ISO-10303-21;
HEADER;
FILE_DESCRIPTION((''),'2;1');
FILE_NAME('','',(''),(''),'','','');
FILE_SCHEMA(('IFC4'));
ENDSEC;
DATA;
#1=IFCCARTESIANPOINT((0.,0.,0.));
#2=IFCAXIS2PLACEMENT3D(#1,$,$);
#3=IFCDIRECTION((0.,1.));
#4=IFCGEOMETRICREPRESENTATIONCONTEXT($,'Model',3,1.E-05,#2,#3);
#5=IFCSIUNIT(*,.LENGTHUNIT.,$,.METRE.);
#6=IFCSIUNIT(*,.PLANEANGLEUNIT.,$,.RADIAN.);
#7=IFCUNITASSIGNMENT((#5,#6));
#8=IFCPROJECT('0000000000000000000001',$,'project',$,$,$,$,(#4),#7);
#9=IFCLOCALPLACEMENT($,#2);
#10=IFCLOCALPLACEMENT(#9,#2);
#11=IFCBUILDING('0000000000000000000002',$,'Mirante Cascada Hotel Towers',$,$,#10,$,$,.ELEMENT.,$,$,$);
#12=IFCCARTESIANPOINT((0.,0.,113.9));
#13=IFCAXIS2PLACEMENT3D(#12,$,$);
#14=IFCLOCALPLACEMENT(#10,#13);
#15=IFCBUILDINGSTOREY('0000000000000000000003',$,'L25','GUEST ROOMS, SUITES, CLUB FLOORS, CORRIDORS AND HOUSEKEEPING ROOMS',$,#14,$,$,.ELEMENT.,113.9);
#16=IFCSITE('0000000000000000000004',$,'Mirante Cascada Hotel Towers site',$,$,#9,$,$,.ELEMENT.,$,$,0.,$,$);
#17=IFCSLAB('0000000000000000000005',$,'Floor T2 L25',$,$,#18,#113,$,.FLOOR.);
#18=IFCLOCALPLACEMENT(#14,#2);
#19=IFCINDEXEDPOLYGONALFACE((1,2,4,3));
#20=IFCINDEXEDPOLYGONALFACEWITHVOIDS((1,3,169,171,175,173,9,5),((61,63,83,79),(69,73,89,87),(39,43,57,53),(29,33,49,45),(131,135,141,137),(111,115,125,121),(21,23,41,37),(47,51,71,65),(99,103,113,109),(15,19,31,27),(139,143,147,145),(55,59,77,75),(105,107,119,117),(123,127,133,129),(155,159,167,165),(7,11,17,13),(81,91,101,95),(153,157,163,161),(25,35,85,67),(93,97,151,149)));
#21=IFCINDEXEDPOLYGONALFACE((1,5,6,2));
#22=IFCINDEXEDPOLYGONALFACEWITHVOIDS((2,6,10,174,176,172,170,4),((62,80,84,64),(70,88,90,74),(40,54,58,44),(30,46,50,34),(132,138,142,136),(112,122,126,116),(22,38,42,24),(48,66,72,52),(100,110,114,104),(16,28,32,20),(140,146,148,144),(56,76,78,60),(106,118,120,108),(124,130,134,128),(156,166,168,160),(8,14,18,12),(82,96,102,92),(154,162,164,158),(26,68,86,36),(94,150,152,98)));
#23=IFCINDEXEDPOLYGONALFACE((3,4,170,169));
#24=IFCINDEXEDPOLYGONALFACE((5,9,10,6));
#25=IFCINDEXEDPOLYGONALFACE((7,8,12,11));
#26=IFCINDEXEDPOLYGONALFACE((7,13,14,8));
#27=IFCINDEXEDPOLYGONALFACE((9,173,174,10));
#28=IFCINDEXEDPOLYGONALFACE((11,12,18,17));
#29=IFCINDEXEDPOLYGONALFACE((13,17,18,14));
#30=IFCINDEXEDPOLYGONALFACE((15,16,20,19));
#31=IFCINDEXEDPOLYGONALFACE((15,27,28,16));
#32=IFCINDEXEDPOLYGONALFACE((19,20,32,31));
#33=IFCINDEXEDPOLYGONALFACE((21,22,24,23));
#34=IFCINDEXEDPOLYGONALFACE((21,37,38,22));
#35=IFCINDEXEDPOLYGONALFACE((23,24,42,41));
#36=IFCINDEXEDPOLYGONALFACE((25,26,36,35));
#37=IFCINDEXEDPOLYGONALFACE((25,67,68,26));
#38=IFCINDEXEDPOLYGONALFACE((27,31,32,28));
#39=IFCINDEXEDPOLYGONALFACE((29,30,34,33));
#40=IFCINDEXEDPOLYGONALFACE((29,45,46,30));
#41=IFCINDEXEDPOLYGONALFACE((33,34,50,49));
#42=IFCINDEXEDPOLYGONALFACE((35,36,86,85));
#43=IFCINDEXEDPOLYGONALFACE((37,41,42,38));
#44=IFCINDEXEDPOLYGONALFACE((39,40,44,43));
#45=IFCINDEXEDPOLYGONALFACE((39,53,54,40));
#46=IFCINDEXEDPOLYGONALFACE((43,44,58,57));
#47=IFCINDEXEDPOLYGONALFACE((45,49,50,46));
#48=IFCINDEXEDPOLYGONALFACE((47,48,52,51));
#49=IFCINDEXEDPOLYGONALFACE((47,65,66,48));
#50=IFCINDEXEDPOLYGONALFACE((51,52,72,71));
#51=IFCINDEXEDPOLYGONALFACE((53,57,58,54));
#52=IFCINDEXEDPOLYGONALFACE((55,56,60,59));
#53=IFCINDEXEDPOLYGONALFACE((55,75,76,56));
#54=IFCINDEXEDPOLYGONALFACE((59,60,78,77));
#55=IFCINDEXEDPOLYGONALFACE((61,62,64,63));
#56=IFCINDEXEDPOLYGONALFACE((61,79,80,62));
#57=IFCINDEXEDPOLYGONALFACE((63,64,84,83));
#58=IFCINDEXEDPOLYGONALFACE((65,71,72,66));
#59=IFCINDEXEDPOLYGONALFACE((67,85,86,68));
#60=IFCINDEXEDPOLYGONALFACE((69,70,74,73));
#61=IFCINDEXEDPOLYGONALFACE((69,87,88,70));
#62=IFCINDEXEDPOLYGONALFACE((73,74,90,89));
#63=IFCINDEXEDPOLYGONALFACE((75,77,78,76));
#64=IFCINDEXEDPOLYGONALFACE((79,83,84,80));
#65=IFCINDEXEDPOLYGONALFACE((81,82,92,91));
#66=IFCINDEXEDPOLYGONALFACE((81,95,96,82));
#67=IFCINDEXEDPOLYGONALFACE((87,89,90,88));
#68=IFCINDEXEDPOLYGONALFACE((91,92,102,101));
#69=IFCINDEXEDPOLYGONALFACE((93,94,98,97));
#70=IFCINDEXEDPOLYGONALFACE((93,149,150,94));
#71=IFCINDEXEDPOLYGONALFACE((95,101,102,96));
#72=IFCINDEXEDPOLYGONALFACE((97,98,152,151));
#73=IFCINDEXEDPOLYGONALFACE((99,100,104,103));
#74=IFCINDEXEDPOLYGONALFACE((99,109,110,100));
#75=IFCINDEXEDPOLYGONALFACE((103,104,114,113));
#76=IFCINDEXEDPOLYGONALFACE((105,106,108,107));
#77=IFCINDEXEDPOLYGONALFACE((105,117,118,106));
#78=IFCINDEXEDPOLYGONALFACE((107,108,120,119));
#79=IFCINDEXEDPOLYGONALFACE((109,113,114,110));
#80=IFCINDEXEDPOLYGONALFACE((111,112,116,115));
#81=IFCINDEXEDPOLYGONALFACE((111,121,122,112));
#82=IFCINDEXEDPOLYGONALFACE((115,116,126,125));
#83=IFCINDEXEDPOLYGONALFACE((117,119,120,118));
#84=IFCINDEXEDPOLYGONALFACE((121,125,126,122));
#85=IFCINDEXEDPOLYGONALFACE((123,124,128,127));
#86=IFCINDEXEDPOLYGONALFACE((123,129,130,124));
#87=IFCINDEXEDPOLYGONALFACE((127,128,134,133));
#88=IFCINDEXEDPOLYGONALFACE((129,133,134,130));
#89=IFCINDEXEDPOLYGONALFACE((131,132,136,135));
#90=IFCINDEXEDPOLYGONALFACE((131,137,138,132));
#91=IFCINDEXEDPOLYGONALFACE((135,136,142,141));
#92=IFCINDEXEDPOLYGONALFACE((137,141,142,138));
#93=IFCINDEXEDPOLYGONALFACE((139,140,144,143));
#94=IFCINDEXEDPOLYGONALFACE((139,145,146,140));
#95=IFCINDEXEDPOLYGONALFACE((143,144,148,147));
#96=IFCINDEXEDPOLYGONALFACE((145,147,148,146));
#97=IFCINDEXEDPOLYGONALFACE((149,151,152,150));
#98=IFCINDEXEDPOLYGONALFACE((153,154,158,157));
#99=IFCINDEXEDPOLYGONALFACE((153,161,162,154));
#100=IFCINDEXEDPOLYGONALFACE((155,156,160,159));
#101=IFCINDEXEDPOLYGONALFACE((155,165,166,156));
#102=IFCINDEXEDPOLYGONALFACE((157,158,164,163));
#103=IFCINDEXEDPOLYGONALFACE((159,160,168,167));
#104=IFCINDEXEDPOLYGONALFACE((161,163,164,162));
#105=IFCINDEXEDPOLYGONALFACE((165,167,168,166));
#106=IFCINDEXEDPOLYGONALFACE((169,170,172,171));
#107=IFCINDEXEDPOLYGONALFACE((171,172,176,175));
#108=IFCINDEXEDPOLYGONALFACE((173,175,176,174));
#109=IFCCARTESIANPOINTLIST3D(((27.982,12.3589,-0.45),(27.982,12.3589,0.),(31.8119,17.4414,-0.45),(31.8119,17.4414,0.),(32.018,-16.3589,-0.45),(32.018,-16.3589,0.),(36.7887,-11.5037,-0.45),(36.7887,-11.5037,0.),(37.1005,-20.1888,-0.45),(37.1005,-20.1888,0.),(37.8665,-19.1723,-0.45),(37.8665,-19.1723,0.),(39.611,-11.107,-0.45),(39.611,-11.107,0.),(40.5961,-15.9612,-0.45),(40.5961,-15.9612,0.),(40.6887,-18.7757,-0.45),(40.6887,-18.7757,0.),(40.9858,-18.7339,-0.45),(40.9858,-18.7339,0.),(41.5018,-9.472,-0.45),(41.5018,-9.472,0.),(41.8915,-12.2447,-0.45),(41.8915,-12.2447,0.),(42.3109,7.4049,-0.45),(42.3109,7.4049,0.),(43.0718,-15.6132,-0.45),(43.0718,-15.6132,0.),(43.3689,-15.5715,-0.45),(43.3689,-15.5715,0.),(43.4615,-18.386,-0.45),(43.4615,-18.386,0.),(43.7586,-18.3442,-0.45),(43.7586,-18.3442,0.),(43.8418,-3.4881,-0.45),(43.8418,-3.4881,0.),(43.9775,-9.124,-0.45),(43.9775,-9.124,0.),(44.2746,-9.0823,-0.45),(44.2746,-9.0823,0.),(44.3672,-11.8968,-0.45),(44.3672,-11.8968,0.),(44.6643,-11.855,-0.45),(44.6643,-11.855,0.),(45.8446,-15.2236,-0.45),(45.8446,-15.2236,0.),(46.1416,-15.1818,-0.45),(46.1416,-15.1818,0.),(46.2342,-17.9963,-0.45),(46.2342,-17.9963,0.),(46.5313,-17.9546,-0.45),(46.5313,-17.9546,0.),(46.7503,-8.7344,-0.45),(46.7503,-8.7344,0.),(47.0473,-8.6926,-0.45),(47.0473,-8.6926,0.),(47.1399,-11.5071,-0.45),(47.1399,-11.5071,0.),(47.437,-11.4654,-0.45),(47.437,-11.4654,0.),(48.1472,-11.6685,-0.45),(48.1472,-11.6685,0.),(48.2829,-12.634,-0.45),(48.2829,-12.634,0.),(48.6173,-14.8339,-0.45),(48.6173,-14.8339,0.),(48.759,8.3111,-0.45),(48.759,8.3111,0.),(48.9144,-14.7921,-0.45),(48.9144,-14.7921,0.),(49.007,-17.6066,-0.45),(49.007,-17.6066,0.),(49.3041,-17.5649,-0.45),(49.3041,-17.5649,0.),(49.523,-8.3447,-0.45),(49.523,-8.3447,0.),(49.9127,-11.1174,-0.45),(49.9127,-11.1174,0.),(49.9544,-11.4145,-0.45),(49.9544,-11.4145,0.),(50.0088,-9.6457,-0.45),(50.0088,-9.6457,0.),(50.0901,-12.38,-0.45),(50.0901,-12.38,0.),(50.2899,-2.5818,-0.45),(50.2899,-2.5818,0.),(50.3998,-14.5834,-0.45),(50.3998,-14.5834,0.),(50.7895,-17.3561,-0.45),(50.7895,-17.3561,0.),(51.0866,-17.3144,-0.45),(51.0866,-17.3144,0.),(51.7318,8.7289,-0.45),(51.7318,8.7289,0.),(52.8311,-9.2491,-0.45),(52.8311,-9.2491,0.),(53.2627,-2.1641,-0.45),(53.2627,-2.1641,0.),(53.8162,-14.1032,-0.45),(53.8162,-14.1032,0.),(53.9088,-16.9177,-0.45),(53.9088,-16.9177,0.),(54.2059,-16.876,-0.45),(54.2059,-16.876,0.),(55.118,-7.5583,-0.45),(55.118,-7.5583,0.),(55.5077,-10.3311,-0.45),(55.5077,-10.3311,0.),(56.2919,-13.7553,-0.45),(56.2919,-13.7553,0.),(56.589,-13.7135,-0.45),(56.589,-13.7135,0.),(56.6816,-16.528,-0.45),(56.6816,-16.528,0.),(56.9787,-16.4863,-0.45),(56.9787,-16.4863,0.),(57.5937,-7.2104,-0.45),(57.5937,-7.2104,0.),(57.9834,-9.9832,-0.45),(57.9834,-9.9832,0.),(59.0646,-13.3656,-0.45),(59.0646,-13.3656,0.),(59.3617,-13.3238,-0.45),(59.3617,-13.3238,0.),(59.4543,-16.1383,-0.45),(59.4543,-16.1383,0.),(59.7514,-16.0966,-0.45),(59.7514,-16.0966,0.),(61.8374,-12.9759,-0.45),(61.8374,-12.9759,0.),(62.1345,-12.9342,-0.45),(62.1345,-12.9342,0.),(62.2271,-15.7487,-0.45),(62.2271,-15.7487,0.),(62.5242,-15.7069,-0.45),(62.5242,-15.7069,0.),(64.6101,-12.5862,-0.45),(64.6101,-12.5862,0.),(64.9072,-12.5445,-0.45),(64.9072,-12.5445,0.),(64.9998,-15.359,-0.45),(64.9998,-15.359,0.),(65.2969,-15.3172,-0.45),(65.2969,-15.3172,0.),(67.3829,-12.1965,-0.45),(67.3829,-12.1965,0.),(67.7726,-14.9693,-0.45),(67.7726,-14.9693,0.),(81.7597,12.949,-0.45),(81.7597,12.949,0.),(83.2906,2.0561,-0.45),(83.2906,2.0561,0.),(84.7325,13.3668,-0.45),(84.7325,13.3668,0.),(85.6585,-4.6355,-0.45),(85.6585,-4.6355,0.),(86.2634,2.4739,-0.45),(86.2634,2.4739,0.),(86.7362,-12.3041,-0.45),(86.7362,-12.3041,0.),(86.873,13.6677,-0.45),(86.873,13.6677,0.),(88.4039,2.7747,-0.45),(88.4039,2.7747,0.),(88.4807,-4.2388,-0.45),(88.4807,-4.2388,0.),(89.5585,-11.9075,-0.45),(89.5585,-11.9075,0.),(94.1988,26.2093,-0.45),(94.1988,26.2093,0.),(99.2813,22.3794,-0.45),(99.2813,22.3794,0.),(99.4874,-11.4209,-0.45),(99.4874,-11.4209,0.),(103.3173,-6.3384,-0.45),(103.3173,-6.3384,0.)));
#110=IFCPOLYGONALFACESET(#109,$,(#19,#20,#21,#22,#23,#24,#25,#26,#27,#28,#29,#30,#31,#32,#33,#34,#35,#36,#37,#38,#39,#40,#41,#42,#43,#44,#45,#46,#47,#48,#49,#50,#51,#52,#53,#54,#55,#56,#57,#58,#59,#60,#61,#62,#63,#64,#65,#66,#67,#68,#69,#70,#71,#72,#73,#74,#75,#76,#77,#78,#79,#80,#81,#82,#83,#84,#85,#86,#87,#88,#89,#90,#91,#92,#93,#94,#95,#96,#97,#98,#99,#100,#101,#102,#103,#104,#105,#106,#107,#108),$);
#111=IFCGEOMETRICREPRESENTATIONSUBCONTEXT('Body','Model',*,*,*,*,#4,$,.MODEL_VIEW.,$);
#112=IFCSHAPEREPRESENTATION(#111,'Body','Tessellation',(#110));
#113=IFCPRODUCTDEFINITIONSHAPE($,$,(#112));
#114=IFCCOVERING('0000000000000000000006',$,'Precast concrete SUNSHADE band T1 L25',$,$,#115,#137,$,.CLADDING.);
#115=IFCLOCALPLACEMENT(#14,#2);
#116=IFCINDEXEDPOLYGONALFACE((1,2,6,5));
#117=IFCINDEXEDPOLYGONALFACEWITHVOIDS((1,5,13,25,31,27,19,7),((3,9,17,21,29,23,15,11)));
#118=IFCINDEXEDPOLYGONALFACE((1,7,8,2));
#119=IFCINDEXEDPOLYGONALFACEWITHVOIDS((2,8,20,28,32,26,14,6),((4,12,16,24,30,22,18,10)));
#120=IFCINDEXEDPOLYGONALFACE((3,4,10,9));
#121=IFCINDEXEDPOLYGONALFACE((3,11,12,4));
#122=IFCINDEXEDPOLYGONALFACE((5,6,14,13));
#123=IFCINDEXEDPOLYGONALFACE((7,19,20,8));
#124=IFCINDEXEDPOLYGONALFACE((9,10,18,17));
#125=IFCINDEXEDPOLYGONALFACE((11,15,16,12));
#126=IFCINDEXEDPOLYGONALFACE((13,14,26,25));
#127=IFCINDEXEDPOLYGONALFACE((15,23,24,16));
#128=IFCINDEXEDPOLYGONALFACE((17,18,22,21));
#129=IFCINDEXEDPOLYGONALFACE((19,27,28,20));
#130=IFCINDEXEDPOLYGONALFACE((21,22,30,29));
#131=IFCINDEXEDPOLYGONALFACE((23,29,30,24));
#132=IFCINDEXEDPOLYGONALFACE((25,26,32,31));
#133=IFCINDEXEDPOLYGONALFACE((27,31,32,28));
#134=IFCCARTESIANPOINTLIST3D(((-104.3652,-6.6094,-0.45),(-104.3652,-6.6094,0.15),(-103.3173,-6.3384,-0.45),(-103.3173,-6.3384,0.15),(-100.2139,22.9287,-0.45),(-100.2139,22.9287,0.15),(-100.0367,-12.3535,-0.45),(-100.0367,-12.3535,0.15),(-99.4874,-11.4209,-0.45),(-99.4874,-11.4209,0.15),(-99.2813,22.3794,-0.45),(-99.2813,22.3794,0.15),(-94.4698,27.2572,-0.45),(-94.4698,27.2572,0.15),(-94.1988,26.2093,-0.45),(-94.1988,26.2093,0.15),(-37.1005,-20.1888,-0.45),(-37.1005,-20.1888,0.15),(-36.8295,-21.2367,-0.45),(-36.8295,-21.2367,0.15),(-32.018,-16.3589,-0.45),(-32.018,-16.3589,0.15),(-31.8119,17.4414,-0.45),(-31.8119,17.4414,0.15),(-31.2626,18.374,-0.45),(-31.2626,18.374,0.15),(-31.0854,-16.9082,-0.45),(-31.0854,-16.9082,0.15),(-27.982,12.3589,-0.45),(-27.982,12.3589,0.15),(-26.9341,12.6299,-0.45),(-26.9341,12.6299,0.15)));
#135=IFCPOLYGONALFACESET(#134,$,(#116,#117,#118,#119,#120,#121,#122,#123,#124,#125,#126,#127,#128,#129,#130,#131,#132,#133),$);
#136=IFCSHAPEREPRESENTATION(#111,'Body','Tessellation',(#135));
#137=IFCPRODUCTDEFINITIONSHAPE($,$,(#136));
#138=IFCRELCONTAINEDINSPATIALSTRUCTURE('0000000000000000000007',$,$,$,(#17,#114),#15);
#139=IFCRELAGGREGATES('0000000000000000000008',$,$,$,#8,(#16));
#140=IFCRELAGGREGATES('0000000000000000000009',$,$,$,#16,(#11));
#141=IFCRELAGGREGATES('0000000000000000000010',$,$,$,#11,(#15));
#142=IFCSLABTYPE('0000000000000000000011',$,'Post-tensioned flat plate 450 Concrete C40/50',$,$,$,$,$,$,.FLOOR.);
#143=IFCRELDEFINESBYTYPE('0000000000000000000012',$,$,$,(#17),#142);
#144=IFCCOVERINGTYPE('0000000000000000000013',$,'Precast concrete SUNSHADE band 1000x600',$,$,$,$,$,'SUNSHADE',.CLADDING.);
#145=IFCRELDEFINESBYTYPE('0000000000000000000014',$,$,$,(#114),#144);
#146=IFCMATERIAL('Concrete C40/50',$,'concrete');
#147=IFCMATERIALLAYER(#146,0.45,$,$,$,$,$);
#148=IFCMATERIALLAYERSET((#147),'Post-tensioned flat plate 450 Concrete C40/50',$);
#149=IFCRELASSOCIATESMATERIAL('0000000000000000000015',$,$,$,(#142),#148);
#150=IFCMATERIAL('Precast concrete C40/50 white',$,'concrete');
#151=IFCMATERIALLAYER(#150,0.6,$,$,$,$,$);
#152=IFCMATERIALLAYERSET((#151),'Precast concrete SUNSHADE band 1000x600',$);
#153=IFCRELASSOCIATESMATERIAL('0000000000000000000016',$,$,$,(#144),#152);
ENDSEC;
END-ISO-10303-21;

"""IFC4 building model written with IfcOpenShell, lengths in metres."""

from ifc_helpers import new_model, si_unit, direction, frame, origin, place, context, subcontext, project, spatial, polyline, outline, extrude, material, layer, layer_set, type_object, element, save


model = new_model("IFC4")

# Units and contexts
model_context = context("Model", 3, precision=1e-05, world=origin(), true_north=direction((0.0, 1.0)))
body_context = subcontext(model_context, "Body", "Model", "MODEL_VIEW")
ifc_project = project(units=[si_unit("LENGTHUNIT", "METRE"), si_unit("PLANEANGLEUNIT", "RADIAN")], contexts=[model_context])

# Site, building, storey
site_placement = place(None, origin())
site = spatial("IfcSite", under=ifc_project, at=site_placement, Name="Mirante Cascada Hotel Towers site", CompositionType="ELEMENT", RefElevation=0.0)
building_placement = place(site_placement, origin())
building = spatial("IfcBuilding", under=site, at=building_placement, Name="Mirante Cascada Hotel Towers", CompositionType="ELEMENT")
storey_placement = place(building_placement, frame((0.0, 0.0, 113.9)))
storey = spatial("IfcBuildingStorey", under=building, at=storey_placement, Name="L25", Description="GUEST ROOMS, SUITES, CLUB FLOORS, CORRIDORS AND HOUSEKEEPING ROOMS", CompositionType="ELEMENT", Elevation=113.9)

# Slab
ifc_material_1 = material(Name="Concrete C40/50", Category="concrete")
ifc_layer_1 = layer(ifc_material_1, 0.45)
ifc_layer_set_1 = layer_set([ifc_layer_1], Name="Post-tensioned flat plate 450 Concrete C40/50")
slab_type = type_object("IfcSlabType", Name="Post-tensioned flat plate 450 Concrete C40/50", PredefinedType="FLOOR", material=ifc_layer_set_1)
slab_1_placement = place(storey_placement, frame((0.0, 0.0, -0.45)))
element("IfcSlab", 1, at=slab_1_placement, inside=storey, type_object=slab_type, Name="Floor T2 L25", PredefinedType="FLOOR", context=body_context, shape_type="SweptSolid", body=[
    extrude(outline(polyline([(32.018, -16.3589), (27.982, 12.3589), (31.8119, 17.4414), (94.1988, 26.2093), (99.2813, 22.3794), (103.3173, -6.3384), (99.4874, -11.4209), (37.1005, -20.1888), (32.018, -16.3589)]), holes=[polyline([(43.0718, -15.6132), (40.5961, -15.9612), (40.9858, -18.7339), (43.4615, -18.386), (43.0718, -15.6132)]), polyline([(45.8446, -15.2236), (43.3689, -15.5715), (43.7586, -18.3442), (46.2342, -17.9963), (45.8446, -15.2236)]), polyline([(48.6173, -14.8339), (46.1416, -15.1818), (46.5313, -17.9546), (49.007, -17.6066), (48.6173, -14.8339)]), polyline([(50.3998, -14.5834), (48.9144, -14.7921), (49.3041, -17.5649), (50.7895, -17.3561), (50.3998, -14.5834)]), polyline([(37.8665, -19.1723), (40.6887, -18.7757), (39.611, -11.107), (36.7887, -11.5037), (37.8665, -19.1723)]), polyline([(49.9544, -11.4145), (48.1472, -11.6685), (48.2829, -12.634), (50.0901, -12.38), (49.9544, -11.4145)]), polyline([(43.9775, -9.124), (41.5018, -9.472), (41.8915, -12.2447), (44.3672, -11.8968), (43.9775, -9.124)]), polyline([(47.1399, -11.5071), (46.7503, -8.7344), (44.2746, -9.0823), (44.6643, -11.855), (47.1399, -11.5071)]), polyline([(49.9127, -11.1174), (49.523, -8.3447), (47.0473, -8.6926), (47.437, -11.4654), (49.9127, -11.1174)]), polyline([(56.2919, -13.7553), (53.8162, -14.1032), (54.2059, -16.876), (56.6816, -16.528), (56.2919, -13.7553)]), polyline([(59.0646, -13.3656), (56.589, -13.7135), (56.9787, -16.4863), (59.4543, -16.1383), (59.0646, -13.3656)]), polyline([(61.8374, -12.9759), (59.3617, -13.3238), (59.7514, -16.0966), (62.2271, -15.7487), (61.8374, -12.9759)]), polyline([(64.6101, -12.5862), (62.1345, -12.9342), (62.5242, -15.7069), (64.9998, -15.359), (64.6101, -12.5862)]), polyline([(67.3829, -12.1965), (64.9072, -12.5445), (65.2969, -15.3172), (67.7726, -14.9693), (67.3829, -12.1965)]), polyline([(51.0866, -17.3144), (53.9088, -16.9177), (52.8311, -9.2491), (50.0088, -9.6457), (51.0866, -17.3144)]), polyline([(86.7362, -12.3041), (89.5585, -11.9075), (88.4807, -4.2388), (85.6585, -4.6355), (86.7362, -12.3041)]), polyline([(57.9834, -9.9832), (57.5937, -7.2104), (55.118, -7.5583), (55.5077, -10.3311), (57.9834, -9.9832)]), polyline([(86.873, 13.6677), (88.4039, 2.7747), (86.2634, 2.4739), (86.2634, 2.4739), (84.7325, 13.3668), (84.7325, 13.3668), (86.873, 13.6677)]), polyline([(81.7597, 12.949), (81.7597, 12.949), (83.2906, 2.0561), (83.2906, 2.0561), (53.2627, -2.1641), (53.2627, -2.1641), (51.7318, 8.7289), (81.7597, 12.949)]), polyline([(43.8418, -3.4881), (42.3109, 7.4049), (48.759, 8.3111), (50.2899, -2.5818), (50.2899, -2.5818), (43.8418, -3.4881)])]), origin(), (0.0, 0.0, 1.0), 0.45),
])

# Covering
ifc_material_2 = material(Name="Precast concrete C40/50 white", Category="concrete")
ifc_layer_2 = layer(ifc_material_2, 0.6)
ifc_layer_set_2 = layer_set([ifc_layer_2], Name="Precast concrete SUNSHADE band 1000x600")
covering_type = type_object("IfcCoveringType", Name="Precast concrete SUNSHADE band 1000x600", ElementType="SUNSHADE", PredefinedType="CLADDING", material=ifc_layer_set_2)
covering_placement = place(storey_placement, frame((0.0, 0.0, -0.45)))
element("IfcCovering", 2, at=covering_placement, inside=storey, type_object=covering_type, Name="Precast concrete SUNSHADE band T1 L25", PredefinedType="CLADDING", context=body_context, shape_type="SweptSolid", body=[
    extrude(outline(polyline([(-104.3652, -6.6094), (-100.2139, 22.9287), (-94.4698, 27.2572), (-31.2626, 18.374), (-26.9341, 12.6299), (-31.0854, -16.9082), (-36.8295, -21.2367), (-100.0367, -12.3535), (-104.3652, -6.6094)]), holes=[polyline([(-27.982, 12.3589), (-31.8119, 17.4414), (-94.1988, 26.2093), (-99.2813, 22.3794), (-103.3173, -6.3384), (-99.4874, -11.4209), (-37.1005, -20.1888), (-32.018, -16.3589), (-27.982, 12.3589)])]), origin(), (0.0, 0.0, 1.0), 0.6),
])

save(model, "model.ifc")
